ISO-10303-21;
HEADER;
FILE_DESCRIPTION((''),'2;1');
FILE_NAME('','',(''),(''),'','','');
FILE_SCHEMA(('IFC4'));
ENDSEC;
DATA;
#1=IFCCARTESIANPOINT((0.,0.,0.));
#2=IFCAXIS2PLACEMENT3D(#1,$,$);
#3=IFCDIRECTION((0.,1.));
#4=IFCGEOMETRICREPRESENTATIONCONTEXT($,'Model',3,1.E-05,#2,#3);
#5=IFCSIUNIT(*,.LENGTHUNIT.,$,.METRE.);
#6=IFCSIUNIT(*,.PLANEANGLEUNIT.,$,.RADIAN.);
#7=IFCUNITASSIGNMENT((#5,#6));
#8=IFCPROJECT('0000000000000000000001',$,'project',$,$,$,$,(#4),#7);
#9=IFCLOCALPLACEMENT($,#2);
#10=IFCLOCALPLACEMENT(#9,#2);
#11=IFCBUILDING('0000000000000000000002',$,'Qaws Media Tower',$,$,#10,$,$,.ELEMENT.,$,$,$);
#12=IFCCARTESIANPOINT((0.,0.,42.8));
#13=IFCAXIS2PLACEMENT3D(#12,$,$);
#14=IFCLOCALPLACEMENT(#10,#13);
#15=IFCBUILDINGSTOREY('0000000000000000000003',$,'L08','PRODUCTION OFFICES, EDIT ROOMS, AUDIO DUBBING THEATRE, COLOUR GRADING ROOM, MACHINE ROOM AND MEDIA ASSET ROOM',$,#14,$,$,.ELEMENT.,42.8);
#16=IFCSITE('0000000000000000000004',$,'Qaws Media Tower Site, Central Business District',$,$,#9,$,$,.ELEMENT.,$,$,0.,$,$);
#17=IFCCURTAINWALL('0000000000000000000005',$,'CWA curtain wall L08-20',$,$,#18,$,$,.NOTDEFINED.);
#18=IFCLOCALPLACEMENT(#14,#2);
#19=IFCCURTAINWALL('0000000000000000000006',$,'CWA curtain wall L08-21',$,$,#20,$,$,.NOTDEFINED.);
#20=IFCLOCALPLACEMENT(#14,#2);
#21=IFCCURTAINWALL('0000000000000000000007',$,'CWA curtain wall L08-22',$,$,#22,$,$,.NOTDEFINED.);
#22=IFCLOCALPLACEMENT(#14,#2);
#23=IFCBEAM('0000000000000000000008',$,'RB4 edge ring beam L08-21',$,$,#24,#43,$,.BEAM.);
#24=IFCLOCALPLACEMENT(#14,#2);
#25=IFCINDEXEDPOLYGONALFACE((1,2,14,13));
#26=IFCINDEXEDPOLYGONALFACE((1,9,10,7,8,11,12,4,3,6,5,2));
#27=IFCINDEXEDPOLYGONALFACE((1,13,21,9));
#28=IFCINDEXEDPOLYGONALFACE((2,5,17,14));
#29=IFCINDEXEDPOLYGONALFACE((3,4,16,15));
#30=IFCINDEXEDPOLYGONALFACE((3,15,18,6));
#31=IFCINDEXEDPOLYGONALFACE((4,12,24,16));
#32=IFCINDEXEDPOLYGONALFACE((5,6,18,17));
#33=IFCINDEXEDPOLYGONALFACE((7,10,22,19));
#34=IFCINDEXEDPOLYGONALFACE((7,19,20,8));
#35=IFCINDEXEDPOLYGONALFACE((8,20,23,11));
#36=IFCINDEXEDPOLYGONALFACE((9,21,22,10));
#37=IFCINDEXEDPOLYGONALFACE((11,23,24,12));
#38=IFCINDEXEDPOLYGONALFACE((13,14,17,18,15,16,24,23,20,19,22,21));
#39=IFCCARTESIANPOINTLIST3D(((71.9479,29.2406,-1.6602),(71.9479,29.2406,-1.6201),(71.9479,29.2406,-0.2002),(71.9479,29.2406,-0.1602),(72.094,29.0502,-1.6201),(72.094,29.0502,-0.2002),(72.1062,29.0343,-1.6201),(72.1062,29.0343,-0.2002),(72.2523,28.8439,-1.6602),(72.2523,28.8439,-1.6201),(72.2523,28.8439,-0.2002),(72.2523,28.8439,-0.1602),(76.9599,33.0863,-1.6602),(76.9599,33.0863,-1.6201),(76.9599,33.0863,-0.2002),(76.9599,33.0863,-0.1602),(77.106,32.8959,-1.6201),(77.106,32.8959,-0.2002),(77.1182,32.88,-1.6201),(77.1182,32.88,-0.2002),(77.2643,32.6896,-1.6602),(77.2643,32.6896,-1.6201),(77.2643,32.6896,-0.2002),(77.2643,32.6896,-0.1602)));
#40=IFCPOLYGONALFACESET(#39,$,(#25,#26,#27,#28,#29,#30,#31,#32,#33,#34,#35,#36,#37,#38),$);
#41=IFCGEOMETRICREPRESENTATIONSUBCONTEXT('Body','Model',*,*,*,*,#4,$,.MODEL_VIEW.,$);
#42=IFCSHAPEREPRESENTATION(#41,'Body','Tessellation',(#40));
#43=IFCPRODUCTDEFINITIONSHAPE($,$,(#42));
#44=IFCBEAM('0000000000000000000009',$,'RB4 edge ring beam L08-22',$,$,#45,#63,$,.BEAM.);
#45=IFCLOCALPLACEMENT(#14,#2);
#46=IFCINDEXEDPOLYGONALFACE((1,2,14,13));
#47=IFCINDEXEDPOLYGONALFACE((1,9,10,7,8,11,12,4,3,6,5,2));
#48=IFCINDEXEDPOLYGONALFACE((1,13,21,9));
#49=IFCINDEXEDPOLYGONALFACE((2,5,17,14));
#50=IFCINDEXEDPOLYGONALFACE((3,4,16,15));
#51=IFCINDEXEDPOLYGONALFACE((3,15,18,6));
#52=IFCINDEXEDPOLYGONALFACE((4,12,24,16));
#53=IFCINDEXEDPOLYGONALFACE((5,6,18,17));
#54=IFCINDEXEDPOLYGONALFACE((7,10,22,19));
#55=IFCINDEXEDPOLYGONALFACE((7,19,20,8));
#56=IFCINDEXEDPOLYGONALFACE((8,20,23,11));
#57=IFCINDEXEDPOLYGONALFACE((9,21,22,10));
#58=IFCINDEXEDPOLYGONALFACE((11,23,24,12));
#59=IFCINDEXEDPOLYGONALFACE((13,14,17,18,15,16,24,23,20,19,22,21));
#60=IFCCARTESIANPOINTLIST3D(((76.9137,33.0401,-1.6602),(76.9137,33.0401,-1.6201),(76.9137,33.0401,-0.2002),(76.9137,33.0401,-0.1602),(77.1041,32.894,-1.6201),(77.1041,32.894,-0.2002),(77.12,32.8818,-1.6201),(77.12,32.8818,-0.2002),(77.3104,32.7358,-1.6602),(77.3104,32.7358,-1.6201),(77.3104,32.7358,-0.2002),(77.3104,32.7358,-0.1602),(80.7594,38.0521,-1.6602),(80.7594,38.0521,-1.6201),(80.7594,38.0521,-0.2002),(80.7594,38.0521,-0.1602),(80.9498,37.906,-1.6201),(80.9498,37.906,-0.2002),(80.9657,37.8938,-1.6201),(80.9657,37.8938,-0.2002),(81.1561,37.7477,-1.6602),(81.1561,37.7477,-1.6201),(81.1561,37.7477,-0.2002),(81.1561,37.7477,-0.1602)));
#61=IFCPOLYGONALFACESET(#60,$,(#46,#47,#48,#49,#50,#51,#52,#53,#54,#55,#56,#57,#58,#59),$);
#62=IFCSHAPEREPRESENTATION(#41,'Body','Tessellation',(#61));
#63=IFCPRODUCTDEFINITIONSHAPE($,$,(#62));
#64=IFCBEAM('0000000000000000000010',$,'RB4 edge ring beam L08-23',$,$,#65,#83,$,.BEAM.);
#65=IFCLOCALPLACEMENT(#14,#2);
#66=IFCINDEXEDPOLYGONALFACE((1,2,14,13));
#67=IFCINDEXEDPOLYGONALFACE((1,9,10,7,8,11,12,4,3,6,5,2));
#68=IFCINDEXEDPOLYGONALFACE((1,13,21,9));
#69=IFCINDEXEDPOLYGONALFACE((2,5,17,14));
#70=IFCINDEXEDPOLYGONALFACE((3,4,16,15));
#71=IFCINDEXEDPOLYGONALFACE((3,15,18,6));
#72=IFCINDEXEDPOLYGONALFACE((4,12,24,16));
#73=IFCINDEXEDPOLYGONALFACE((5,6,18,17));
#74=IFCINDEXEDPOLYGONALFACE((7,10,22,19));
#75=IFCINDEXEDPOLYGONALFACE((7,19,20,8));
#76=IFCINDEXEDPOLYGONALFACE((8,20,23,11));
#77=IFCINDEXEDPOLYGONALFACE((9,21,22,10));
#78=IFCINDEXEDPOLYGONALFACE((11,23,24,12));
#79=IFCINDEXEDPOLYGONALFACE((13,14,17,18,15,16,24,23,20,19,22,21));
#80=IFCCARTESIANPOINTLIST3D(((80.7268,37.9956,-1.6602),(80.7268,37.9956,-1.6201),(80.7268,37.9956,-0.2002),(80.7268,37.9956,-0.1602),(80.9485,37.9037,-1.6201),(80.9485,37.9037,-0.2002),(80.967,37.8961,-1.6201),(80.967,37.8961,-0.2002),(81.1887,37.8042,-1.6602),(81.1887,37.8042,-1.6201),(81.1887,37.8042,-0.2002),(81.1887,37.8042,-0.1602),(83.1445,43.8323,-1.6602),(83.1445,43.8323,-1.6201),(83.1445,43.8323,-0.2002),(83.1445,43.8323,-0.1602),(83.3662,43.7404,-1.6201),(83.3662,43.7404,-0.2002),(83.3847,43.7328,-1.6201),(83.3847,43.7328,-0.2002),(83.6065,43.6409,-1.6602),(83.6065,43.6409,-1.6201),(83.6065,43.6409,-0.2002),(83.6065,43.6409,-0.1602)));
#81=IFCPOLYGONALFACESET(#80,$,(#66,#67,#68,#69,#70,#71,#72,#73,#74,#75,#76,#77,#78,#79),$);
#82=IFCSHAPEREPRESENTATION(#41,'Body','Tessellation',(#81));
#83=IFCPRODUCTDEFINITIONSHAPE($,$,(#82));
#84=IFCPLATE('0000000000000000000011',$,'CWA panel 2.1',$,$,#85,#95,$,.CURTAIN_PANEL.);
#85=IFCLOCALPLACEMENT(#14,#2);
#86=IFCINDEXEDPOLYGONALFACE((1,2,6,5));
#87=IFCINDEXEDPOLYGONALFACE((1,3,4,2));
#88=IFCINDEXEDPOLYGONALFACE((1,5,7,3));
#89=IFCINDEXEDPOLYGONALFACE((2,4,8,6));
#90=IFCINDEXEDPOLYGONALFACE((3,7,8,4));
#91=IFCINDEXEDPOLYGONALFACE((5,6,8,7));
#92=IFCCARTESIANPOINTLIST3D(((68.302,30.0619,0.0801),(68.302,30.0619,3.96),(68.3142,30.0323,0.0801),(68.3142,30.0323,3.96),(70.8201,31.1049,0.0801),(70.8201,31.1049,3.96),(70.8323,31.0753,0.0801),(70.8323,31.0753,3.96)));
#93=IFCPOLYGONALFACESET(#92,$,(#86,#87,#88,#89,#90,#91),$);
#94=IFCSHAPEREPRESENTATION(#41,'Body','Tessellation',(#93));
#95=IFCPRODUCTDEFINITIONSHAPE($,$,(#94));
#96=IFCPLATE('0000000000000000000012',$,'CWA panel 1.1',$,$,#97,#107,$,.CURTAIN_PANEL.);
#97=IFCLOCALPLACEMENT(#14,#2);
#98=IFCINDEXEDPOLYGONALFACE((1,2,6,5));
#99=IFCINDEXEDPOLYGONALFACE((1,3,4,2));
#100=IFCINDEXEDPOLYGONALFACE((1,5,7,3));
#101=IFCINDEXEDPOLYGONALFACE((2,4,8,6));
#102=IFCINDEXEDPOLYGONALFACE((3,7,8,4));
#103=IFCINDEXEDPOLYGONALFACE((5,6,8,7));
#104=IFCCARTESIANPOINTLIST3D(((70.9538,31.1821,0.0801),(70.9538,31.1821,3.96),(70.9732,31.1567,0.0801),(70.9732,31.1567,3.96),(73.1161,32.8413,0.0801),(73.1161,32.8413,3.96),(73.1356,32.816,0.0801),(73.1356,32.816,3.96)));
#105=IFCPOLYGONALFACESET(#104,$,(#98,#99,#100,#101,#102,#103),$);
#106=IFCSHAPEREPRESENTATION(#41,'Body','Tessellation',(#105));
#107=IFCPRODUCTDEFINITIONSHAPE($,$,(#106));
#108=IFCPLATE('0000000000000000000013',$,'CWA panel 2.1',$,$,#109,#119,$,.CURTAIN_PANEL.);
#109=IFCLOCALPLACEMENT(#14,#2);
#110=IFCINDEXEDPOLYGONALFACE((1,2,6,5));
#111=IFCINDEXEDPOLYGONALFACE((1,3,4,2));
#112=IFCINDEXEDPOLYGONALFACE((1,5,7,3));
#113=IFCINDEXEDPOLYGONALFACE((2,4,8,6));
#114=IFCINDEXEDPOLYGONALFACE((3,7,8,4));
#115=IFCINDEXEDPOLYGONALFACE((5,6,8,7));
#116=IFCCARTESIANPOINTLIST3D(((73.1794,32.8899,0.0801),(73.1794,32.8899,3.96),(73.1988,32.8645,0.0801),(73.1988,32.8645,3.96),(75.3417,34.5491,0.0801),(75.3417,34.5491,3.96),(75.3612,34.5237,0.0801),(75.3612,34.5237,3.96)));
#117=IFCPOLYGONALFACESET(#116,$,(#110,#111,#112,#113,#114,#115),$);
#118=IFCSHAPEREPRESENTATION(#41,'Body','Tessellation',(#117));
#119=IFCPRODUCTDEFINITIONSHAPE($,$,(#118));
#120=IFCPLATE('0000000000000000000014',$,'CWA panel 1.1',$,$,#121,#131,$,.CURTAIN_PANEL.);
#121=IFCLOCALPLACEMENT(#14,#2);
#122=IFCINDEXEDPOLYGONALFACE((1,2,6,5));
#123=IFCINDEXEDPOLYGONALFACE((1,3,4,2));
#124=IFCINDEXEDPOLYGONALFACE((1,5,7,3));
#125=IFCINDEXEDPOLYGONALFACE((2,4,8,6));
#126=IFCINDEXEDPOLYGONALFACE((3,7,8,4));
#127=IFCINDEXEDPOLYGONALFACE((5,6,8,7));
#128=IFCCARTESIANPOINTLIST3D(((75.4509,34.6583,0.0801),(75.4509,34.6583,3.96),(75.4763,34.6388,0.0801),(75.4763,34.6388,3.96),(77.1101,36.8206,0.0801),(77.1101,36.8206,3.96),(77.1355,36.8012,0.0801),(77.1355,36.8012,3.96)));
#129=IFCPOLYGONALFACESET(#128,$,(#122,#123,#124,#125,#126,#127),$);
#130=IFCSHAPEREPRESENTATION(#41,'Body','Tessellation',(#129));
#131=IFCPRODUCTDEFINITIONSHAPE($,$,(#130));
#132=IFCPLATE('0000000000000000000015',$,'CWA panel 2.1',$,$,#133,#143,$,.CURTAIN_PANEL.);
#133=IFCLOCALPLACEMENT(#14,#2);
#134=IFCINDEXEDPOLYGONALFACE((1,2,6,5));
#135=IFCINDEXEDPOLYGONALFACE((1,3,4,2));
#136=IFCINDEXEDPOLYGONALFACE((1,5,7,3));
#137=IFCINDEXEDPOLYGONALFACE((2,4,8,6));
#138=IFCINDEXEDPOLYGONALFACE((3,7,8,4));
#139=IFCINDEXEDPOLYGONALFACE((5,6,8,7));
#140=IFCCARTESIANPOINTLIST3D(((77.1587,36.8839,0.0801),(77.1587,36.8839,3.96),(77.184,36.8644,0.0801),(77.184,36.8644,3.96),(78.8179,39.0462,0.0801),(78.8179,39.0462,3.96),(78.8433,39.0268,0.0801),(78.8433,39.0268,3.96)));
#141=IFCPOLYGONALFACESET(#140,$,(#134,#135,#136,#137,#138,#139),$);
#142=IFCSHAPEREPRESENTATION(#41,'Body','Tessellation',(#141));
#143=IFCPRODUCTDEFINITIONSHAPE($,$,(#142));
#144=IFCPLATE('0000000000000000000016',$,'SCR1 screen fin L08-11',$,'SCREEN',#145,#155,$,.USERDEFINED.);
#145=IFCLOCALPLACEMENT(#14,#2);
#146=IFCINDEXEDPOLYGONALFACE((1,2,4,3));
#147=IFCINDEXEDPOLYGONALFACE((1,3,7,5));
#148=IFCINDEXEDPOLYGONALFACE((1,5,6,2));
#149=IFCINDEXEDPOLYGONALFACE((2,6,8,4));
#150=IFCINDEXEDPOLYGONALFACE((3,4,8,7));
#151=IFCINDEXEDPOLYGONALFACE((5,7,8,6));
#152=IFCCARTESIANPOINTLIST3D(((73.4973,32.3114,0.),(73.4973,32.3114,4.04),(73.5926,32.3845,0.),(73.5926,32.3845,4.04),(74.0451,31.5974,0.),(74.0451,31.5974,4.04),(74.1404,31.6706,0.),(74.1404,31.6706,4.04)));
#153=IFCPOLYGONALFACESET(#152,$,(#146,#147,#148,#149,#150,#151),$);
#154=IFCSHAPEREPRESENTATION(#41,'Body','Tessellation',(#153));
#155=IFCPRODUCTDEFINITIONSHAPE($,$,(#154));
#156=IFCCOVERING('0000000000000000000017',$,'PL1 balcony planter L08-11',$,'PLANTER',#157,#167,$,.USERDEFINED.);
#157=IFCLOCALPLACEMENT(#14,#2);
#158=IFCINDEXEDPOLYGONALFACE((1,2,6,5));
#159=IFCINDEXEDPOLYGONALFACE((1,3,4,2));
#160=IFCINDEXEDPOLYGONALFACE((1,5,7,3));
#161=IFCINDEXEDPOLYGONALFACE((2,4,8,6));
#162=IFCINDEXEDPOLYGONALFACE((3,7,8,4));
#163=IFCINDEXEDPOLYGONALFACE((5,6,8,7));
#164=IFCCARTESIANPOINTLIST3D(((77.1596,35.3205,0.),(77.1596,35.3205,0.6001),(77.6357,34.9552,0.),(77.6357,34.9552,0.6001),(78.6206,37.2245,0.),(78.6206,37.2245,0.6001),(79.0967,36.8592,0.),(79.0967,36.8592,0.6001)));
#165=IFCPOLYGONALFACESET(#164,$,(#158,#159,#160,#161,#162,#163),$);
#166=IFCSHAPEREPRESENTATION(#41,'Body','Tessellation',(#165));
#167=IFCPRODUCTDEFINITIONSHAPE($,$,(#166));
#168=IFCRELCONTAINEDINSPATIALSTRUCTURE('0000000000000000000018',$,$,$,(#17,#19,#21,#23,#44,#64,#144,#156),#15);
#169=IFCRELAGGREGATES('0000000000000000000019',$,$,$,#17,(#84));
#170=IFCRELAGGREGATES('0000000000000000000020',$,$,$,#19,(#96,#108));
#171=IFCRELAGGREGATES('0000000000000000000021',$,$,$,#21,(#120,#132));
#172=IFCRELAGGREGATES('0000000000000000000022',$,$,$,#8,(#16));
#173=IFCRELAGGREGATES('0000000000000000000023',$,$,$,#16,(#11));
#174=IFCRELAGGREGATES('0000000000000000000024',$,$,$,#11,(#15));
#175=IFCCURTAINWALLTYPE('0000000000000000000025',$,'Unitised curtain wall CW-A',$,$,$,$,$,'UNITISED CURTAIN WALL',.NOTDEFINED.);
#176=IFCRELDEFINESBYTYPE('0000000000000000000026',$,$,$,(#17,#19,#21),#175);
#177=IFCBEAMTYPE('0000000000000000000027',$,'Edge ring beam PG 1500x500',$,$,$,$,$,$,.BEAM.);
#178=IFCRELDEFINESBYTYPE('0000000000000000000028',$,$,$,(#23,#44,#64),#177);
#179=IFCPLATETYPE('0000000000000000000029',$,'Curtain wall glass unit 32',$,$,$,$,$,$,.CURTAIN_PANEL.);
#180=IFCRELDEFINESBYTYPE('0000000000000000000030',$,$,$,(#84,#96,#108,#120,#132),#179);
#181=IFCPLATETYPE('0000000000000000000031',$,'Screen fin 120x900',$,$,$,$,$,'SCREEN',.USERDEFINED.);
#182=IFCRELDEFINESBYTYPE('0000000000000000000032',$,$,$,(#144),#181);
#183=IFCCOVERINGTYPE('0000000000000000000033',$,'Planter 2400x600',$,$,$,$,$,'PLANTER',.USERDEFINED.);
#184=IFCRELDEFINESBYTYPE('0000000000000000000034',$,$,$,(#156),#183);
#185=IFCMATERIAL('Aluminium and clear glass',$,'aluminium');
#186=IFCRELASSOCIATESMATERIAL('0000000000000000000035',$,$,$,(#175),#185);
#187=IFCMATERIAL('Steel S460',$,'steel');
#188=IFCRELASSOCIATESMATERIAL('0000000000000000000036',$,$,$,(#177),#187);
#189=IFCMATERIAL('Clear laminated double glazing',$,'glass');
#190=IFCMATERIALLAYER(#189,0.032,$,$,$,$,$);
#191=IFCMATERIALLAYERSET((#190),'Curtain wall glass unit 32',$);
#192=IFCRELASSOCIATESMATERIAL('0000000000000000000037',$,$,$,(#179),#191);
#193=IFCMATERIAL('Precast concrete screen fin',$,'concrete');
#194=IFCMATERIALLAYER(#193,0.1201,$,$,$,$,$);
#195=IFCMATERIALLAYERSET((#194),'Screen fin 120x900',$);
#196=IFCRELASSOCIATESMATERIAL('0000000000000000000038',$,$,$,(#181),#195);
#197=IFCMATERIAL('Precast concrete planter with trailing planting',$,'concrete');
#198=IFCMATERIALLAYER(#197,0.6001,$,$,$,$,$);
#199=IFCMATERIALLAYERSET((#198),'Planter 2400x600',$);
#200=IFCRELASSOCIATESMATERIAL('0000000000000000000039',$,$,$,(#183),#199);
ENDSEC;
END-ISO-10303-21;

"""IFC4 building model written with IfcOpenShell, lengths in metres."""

from ifc_helpers import new_model, si_unit, direction, frame, origin, origin_2d, place, context, subcontext, project, spatial, rectangle, i_section, extrude, material, layer, layer_set, material_profile, profile_set, type_object, element, aggregate, save


model = new_model("IFC4")

# Units and contexts
model_context = context("Model", 3, precision=1e-05, world=origin(), true_north=direction((0.0, 1.0)))
body_context = subcontext(model_context, "Body", "Model", "MODEL_VIEW")
ifc_project = project(units=[si_unit("LENGTHUNIT", "METRE"), si_unit("PLANEANGLEUNIT", "RADIAN")], contexts=[model_context])

# Site, building, storey
site_placement = place(None, origin())
site = spatial("IfcSite", under=ifc_project, at=site_placement, Name="Qaws Media Tower Site, Central Business District", CompositionType="ELEMENT", RefElevation=0.0)
building_placement = place(site_placement, origin())
building = spatial("IfcBuilding", under=site, at=building_placement, Name="Qaws Media Tower", CompositionType="ELEMENT")
storey_placement = place(building_placement, frame((0.0, 0.0, 42.8)))
storey = spatial("IfcBuildingStorey", under=building, at=storey_placement, Name="L08", Description="PRODUCTION OFFICES, EDIT ROOMS, AUDIO DUBBING THEATRE, COLOUR GRADING ROOM, MACHINE ROOM AND MEDIA ASSET ROOM", CompositionType="ELEMENT", Elevation=42.8)

# Curtain wall
ifc_material_1 = material(Name="Aluminium and clear glass", Category="aluminium")
curtain_wall_type = type_object("IfcCurtainWallType", Name="Unitised curtain wall CW-A", ElementType="UNITISED CURTAIN WALL", PredefinedType="NOTDEFINED", material=ifc_material_1)
curtain_wall_1_placement = place(storey_placement, origin())
curtain_wall_1 = element("IfcCurtainWall", 1, at=curtain_wall_1_placement, inside=storey, type_object=curtain_wall_type, Name="CWA curtain wall L08-20", PredefinedType="NOTDEFINED")

# Curtain walls
curtain_wall_2_placement = place(storey_placement, origin())
curtain_wall_2 = element("IfcCurtainWall", 2, at=curtain_wall_2_placement, inside=storey, type_object=curtain_wall_type, Name="CWA curtain wall L08-21", PredefinedType="NOTDEFINED")
curtain_wall_3_placement = place(storey_placement, origin())
curtain_wall_3 = element("IfcCurtainWall", 3, at=curtain_wall_3_placement, inside=storey, type_object=curtain_wall_type, Name="CWA curtain wall L08-22", PredefinedType="NOTDEFINED")

# Beams
ifc_material_2 = material(Name="Steel S460", Category="steel")
ifc_material_profile_1 = material_profile(ifc_material_2, i_section(OverallWidth=0.5, OverallDepth=1.5, WebThickness=0.02, FlangeThickness=0.04, at=origin_2d()), Name="PG 1500x500")
ifc_profile_set_1 = profile_set([ifc_material_profile_1], Name="Steel S460")
beam_type = type_object("IfcBeamType", Name="Edge ring beam PG 1500x500", PredefinedType="BEAM", material=ifc_profile_set_1)
for number, where, z_axis, x_axis, name in (
    (4, (72.1001, 29.0422, -0.9102), (0.793362, 0.60875, 0.0), (-0.60875, 0.793362, 0.0), "RB4 edge ring beam L08-21"),
    (5, (77.1121, 32.8879, -0.9102), (0.60875, 0.793362, 0.0), (-0.793362, 0.60875, 0.0), "RB4 edge ring beam L08-22"),
):
    element("IfcBeam", number, at=place(storey_placement, frame(where, z_axis=z_axis, x_axis=x_axis)), inside=storey, type_object=beam_type, Name=name, PredefinedType="BEAM", context=body_context, shape_type="SweptSolid", body=[
        extrude(i_section(OverallWidth=0.5, OverallDepth=1.5, WebThickness=0.02, FlangeThickness=0.04, at=origin_2d()), origin(), (0.0, 0.0, 1.0), 6.3174),
    ])
beam_placement = place(storey_placement, frame((80.9578, 37.8999, -0.9102), z_axis=(0.382697, 0.923874, 0.0), x_axis=(-0.923874, 0.382697, 0.0)))
element("IfcBeam", 6, at=beam_placement, inside=storey, type_object=beam_type, Name="RB4 edge ring beam L08-23", PredefinedType="BEAM", context=body_context, shape_type="SweptSolid", body=[
    extrude(i_section(OverallWidth=0.5, OverallDepth=1.5, WebThickness=0.02, FlangeThickness=0.04, at=origin_2d()), origin(), (0.0, 0.0, 1.0), 6.3176),
])

# Plates
ifc_material_3 = material(Name="Clear laminated double glazing", Category="glass")
ifc_layer_1 = layer(ifc_material_3, 0.032)
ifc_layer_set_1 = layer_set([ifc_layer_1], Name="Curtain wall glass unit 32")
plate_type_1 = type_object("IfcPlateType", Name="Curtain wall glass unit 32", PredefinedType="CURTAIN_PANEL", material=ifc_layer_set_1)
plate_1_placement = place(storey_placement, frame((69.5671, 30.5686, 0.0801), z_axis=(0.0, 0.0, 1.0), x_axis=(0.92388, 0.382683, 0.0)))
plate_1 = element("IfcPlate", 7, at=plate_1_placement, type_object=plate_type_1, Name="CWA panel 2.1", PredefinedType="CURTAIN_PANEL", context=body_context, shape_type="SweptSolid", body=[
    extrude(rectangle(XDim=2.7256, YDim=0.032, at=origin_2d()), origin(), (0.0, 0.0, 1.0), 3.8799),
])
aggregate(curtain_wall_1, [plate_1])
plate_2_placement = place(storey_placement, frame((72.0447, 31.999, 0.0801), z_axis=(0.0, 0.0, 1.0), x_axis=(0.793353, 0.608761, 0.0)))
plate_2 = element("IfcPlate", 8, at=plate_2_placement, type_object=plate_type_1, Name="CWA panel 1.1", PredefinedType="CURTAIN_PANEL", context=body_context, shape_type="SweptSolid", body=[
    extrude(rectangle(XDim=2.7256, YDim=0.032, at=origin_2d()), origin(), (0.0, 0.0, 1.0), 3.8799),
])
plate_3_placement = place(storey_placement, frame((74.2703, 33.7068, 0.0801), z_axis=(0.0, 0.0, 1.0), x_axis=(0.793353, 0.608761, 0.0)))
plate_3 = element("IfcPlate", 9, at=plate_3_placement, type_object=plate_type_1, Name="CWA panel 2.1", PredefinedType="CURTAIN_PANEL", context=body_context, shape_type="SweptSolid", body=[
    extrude(rectangle(XDim=2.7256, YDim=0.032, at=origin_2d()), origin(), (0.0, 0.0, 1.0), 3.8799),
])
aggregate(curtain_wall_2, [plate_2, plate_3])
plate_4_placement = place(storey_placement, frame((76.2932, 35.7297, 0.0801), z_axis=(0.0, 0.0, 1.0), x_axis=(0.608761, 0.793353, 0.0)))
plate_4 = element("IfcPlate", 10, at=plate_4_placement, type_object=plate_type_1, Name="CWA panel 1.1", PredefinedType="CURTAIN_PANEL", context=body_context, shape_type="SweptSolid", body=[
    extrude(rectangle(XDim=2.7256, YDim=0.032, at=origin_2d()), origin(), (0.0, 0.0, 1.0), 3.8799),
])
plate_5_placement = place(storey_placement, frame((78.001, 37.9553, 0.0801), z_axis=(0.0, 0.0, 1.0), x_axis=(0.608761, 0.793353, 0.0)))
plate_5 = element("IfcPlate", 11, at=plate_5_placement, type_object=plate_type_1, Name="CWA panel 2.1", PredefinedType="CURTAIN_PANEL", context=body_context, shape_type="SweptSolid", body=[
    extrude(rectangle(XDim=2.7256, YDim=0.032, at=origin_2d()), origin(), (0.0, 0.0, 1.0), 3.8799),
])
aggregate(curtain_wall_3, [plate_4, plate_5])
ifc_material_4 = material(Name="Precast concrete screen fin", Category="concrete")
ifc_layer_2 = layer(ifc_material_4, 0.1201)
ifc_layer_set_2 = layer_set([ifc_layer_2], Name="Screen fin 120x900")
plate_type_2 = type_object("IfcPlateType", Name="Screen fin 120x900", ElementType="SCREEN", PredefinedType="USERDEFINED", material=ifc_layer_set_2)
plate_6_placement = place(storey_placement, frame((73.8188, 31.991, 0.0), z_axis=(0.0, 0.0, 1.0), x_axis=(0.608761, -0.793353, 0.0)))
element("IfcPlate", 12, at=plate_6_placement, inside=storey, type_object=plate_type_2, Name="SCR1 screen fin L08-11", ObjectType="SCREEN", PredefinedType="USERDEFINED", context=body_context, shape_type="SweptSolid", body=[
    extrude(rectangle(XDim=0.8999, YDim=0.1201, at=origin_2d()), origin(), (0.0, 0.0, 1.0), 4.04),
])

# Covering
ifc_material_5 = material(Name="Precast concrete planter with trailing planting", Category="concrete")
ifc_layer_3 = layer(ifc_material_5, 0.6001)
ifc_layer_set_3 = layer_set([ifc_layer_3], Name="Planter 2400x600")
covering_type = type_object("IfcCoveringType", Name="Planter 2400x600", ElementType="PLANTER", PredefinedType="USERDEFINED", material=ifc_layer_set_3)
covering_placement = place(storey_placement, frame((78.1282, 36.0898, 0.0), z_axis=(0.0, 0.0, 1.0), x_axis=(0.608761, 0.793353, 0.0)))
element("IfcCovering", 13, at=covering_placement, inside=storey, type_object=covering_type, Name="PL1 balcony planter L08-11", ObjectType="PLANTER", PredefinedType="USERDEFINED", context=body_context, shape_type="SweptSolid", body=[
    extrude(rectangle(XDim=2.3999, YDim=0.6001, at=origin_2d()), origin(), (0.0, 0.0, 1.0), 0.6001),
])

save(model, "model.ifc")
